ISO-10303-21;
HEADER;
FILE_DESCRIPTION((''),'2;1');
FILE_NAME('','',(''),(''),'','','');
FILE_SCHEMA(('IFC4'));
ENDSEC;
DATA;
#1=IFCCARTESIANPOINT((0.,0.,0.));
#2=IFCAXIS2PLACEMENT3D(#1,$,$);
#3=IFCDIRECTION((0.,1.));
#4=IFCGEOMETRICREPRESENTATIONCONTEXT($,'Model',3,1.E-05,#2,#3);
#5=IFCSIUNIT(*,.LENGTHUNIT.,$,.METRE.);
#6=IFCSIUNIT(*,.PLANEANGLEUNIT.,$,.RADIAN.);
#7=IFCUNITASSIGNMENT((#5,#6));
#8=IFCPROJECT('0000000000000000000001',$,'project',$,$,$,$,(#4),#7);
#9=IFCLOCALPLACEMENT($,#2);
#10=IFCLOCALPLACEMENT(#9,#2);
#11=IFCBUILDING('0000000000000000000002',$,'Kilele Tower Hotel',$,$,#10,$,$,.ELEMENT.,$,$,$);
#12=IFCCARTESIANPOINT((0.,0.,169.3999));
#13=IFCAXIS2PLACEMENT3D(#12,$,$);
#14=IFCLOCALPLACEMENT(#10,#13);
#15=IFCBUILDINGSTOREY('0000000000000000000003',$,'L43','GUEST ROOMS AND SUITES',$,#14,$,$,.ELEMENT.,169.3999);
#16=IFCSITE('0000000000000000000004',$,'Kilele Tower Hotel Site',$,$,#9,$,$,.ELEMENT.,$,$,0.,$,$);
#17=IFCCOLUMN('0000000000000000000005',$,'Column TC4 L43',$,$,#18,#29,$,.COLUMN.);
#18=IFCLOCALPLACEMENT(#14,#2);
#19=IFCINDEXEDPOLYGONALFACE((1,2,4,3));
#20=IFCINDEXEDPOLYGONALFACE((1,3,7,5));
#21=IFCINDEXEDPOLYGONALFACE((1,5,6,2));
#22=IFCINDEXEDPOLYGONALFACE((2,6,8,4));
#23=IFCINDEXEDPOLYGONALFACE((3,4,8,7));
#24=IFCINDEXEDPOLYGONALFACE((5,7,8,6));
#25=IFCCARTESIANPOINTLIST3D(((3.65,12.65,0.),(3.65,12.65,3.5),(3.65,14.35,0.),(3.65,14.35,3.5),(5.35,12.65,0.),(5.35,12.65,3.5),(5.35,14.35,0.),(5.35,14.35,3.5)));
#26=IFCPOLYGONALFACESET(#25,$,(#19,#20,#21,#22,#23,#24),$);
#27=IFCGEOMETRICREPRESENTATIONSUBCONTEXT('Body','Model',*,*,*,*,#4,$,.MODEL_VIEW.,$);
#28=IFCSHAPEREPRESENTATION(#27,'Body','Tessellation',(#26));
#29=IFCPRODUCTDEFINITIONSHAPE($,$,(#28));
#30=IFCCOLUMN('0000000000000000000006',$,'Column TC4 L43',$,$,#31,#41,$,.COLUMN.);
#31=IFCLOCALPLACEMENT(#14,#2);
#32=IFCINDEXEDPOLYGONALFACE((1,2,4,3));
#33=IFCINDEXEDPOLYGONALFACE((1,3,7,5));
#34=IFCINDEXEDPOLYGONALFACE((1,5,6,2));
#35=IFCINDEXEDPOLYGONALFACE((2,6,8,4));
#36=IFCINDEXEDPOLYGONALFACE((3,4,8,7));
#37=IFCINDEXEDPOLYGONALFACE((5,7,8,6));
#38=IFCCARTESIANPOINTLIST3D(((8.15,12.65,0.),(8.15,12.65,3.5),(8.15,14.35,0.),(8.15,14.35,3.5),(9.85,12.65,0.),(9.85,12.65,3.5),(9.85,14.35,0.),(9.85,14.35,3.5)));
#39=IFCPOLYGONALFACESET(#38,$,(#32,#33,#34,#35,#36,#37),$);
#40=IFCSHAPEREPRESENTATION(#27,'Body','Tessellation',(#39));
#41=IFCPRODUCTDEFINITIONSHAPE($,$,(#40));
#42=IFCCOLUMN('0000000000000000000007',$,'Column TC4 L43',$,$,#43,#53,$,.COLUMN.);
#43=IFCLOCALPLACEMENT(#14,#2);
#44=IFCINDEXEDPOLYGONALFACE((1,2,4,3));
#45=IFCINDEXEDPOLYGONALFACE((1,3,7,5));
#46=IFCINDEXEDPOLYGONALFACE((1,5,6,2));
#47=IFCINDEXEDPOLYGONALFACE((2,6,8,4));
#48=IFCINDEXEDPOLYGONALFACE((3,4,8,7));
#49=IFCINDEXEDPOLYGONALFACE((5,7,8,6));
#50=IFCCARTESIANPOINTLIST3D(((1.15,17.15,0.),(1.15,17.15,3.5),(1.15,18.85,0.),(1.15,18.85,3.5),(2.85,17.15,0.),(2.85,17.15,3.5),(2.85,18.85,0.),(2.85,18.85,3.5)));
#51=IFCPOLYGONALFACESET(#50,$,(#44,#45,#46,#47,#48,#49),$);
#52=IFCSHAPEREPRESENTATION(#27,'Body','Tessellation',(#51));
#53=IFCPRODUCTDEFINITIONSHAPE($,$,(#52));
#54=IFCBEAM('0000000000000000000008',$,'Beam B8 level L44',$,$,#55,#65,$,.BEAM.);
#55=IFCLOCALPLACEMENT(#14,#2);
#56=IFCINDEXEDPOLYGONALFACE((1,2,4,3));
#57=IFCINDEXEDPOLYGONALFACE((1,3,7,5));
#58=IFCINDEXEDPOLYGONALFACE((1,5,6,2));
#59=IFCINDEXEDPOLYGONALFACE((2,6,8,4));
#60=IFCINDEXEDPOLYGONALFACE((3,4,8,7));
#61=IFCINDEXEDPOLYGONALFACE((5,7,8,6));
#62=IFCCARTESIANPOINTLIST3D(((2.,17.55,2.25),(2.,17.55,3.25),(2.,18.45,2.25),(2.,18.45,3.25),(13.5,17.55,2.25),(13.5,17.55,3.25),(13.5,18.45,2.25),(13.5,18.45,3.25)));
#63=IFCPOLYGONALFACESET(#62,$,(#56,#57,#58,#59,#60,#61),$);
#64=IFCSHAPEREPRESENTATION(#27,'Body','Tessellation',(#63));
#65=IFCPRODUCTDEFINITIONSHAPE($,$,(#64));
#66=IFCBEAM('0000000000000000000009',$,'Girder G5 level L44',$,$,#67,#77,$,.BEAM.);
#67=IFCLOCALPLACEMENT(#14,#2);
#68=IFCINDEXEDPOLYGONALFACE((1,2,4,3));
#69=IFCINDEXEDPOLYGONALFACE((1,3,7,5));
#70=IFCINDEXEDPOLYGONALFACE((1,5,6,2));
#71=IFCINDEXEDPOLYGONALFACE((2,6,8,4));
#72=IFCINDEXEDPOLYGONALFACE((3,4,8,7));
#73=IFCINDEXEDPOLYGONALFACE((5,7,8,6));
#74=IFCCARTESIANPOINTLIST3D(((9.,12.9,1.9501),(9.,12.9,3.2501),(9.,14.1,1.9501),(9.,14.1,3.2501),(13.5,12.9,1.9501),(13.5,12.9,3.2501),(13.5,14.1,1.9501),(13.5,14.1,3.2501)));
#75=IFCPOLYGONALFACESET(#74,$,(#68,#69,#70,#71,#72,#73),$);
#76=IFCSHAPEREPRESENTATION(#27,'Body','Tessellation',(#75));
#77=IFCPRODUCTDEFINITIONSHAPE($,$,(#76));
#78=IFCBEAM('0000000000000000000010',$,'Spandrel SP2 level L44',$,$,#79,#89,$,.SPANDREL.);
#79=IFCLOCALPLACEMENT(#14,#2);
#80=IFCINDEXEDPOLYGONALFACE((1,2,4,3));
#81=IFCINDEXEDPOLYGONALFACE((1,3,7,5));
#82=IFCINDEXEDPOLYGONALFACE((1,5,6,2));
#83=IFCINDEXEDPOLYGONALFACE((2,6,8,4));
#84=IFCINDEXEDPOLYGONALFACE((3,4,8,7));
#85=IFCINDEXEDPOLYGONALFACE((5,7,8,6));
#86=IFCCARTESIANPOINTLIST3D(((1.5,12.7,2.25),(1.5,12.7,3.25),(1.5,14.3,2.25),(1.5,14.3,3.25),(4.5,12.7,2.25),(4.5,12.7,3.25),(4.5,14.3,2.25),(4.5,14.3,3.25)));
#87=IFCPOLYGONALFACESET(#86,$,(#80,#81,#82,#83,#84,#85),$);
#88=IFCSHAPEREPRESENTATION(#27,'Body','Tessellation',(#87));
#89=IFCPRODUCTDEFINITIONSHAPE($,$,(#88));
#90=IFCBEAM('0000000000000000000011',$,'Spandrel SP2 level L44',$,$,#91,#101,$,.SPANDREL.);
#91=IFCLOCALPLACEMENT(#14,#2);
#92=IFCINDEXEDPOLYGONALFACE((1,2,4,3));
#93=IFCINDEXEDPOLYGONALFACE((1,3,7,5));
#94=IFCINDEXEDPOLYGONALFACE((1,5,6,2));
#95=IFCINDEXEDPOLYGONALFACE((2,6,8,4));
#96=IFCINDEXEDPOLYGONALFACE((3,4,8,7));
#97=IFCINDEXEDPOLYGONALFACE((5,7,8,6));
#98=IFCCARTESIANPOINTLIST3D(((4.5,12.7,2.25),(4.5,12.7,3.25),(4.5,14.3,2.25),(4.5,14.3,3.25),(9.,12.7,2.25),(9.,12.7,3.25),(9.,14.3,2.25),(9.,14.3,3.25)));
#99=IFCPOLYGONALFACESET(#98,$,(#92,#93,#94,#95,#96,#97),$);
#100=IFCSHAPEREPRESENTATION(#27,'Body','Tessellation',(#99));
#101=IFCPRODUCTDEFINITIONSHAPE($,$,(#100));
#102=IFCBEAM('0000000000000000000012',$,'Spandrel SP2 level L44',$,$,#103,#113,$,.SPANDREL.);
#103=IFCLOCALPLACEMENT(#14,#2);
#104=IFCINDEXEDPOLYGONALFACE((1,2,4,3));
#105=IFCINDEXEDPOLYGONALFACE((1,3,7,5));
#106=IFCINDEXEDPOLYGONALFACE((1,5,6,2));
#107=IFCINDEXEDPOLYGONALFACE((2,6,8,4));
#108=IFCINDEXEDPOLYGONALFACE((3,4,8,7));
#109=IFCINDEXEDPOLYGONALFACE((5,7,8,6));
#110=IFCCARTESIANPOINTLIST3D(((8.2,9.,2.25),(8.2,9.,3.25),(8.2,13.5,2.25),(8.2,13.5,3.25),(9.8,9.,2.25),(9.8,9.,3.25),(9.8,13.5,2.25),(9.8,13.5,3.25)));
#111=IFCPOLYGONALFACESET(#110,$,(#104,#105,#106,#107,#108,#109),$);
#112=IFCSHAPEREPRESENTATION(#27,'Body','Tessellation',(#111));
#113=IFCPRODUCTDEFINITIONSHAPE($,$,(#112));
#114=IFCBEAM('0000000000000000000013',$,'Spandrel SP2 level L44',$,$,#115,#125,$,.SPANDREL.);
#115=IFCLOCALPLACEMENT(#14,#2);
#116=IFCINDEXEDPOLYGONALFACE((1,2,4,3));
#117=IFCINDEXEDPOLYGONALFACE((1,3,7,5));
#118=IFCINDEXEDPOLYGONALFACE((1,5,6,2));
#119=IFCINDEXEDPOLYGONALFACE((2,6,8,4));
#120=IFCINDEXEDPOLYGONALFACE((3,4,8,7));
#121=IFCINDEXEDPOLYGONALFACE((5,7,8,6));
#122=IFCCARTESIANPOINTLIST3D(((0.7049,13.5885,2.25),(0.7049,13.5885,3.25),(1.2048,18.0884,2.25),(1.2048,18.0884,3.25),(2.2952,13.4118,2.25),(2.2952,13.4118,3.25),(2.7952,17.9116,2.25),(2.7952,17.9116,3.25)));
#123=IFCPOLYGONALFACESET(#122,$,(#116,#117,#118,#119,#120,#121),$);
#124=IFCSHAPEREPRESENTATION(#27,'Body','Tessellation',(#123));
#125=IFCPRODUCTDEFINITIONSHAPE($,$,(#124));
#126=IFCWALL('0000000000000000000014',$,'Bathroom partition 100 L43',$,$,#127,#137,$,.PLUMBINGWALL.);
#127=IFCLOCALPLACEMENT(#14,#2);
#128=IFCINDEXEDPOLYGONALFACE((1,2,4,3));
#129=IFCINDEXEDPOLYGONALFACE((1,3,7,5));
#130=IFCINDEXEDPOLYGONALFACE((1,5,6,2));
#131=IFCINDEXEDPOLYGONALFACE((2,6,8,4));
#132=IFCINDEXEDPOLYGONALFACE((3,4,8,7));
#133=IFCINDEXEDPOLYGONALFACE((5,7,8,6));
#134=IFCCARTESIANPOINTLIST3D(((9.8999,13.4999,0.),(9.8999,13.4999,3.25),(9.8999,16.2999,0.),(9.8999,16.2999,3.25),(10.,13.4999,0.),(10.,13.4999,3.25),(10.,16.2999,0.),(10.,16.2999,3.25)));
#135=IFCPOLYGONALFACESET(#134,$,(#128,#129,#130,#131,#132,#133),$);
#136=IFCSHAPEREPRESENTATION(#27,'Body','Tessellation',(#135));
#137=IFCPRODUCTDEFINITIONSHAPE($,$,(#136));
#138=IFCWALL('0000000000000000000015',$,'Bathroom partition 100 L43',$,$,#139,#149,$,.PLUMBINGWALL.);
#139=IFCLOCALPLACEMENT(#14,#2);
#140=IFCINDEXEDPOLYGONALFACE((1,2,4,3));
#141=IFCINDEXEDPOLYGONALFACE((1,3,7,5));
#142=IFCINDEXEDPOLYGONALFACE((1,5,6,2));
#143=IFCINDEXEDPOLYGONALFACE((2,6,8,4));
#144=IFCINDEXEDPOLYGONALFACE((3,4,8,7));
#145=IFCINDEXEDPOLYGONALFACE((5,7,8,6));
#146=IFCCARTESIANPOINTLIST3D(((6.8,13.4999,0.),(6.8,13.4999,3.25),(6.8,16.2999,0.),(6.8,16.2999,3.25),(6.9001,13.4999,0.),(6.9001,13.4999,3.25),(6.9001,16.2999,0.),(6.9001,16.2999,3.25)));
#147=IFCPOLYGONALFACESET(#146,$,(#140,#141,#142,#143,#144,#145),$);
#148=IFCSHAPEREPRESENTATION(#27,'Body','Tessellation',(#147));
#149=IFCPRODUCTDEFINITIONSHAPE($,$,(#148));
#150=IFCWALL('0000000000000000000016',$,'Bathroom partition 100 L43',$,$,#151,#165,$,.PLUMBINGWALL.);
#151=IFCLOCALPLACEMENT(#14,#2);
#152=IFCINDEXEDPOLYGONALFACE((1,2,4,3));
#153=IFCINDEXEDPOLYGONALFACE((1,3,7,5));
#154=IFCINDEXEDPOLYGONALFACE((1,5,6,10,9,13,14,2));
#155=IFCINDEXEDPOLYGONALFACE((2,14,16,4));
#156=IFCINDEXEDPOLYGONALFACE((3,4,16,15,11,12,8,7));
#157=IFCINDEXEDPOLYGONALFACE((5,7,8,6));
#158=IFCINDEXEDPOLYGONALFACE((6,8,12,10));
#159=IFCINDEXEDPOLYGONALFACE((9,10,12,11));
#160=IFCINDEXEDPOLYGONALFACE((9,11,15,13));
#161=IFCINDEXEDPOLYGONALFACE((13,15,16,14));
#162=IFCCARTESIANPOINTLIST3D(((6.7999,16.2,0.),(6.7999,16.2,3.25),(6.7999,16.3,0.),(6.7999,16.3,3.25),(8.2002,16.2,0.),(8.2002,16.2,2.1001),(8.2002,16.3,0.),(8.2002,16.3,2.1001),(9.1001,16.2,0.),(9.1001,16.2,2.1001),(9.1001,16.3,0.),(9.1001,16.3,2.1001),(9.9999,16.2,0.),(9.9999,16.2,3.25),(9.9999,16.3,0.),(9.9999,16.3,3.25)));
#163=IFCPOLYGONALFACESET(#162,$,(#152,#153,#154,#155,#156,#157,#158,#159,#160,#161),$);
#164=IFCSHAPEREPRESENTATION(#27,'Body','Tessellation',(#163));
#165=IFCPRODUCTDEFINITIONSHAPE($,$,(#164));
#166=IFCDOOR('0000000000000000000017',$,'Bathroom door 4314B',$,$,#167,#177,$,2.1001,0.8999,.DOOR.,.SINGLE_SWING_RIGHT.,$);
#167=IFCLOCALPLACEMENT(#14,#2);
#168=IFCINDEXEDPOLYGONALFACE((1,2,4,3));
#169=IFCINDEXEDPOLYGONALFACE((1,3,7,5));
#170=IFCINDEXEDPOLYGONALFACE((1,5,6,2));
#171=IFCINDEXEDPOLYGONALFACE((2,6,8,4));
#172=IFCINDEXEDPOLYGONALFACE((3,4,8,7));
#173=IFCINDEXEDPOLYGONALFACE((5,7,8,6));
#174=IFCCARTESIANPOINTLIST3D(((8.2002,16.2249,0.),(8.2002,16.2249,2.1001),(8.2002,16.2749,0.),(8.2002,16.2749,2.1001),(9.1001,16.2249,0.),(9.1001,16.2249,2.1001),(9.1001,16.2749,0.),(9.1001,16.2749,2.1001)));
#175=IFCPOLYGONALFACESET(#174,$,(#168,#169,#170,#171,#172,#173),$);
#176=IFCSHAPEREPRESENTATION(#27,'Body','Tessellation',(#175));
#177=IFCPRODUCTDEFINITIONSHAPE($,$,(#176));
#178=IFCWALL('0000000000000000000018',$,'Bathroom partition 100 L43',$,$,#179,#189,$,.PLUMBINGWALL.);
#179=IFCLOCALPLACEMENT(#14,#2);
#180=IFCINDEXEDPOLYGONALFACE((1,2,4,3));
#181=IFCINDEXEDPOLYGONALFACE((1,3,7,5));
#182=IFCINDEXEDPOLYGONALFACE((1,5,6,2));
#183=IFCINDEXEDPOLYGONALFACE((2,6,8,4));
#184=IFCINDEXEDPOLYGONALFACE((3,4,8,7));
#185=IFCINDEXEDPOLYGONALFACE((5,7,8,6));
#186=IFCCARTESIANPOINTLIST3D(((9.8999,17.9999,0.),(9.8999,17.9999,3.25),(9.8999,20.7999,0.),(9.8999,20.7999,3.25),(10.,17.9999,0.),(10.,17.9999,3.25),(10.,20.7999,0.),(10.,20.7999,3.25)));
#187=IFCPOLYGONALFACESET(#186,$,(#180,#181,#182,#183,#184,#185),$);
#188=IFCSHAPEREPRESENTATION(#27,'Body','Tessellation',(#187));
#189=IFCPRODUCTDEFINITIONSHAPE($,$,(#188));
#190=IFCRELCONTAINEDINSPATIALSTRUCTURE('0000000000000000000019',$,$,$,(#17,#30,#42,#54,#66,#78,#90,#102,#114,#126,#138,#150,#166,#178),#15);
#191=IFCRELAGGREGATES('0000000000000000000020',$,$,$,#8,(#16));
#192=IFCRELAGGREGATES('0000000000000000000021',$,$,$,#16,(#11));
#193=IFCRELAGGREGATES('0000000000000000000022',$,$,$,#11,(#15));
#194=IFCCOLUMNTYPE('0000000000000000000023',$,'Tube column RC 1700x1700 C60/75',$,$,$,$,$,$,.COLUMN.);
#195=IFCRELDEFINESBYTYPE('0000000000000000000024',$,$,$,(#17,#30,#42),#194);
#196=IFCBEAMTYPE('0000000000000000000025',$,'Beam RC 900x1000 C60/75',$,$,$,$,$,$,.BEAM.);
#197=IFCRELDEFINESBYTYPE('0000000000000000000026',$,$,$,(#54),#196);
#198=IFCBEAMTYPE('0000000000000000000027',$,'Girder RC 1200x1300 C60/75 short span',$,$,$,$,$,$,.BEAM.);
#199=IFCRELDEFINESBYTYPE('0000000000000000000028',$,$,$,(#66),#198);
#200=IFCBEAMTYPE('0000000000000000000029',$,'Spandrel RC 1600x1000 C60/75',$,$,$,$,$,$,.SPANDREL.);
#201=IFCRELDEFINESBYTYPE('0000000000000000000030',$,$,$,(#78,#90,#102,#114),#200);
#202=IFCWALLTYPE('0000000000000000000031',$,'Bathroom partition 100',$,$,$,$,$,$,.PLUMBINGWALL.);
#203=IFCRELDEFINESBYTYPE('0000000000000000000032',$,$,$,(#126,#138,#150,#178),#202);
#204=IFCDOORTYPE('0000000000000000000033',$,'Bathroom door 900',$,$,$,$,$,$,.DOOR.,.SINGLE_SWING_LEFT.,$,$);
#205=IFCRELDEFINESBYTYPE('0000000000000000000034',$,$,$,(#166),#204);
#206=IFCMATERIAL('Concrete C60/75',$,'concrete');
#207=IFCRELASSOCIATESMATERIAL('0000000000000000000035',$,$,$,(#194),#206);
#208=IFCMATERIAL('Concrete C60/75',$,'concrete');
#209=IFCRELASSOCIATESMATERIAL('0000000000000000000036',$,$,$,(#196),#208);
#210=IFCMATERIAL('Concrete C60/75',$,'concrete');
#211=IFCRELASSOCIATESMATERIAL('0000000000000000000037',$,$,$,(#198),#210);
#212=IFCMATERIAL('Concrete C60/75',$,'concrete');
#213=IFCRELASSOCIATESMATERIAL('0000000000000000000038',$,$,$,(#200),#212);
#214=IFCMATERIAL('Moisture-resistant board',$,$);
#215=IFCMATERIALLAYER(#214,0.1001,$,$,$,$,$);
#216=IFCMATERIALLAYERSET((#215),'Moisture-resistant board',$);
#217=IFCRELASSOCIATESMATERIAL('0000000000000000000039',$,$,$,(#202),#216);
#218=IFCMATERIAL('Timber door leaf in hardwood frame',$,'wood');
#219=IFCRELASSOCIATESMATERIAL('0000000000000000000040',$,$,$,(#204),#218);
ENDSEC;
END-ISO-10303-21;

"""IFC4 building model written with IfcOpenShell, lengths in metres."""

from ifc_helpers import new_model, si_unit, direction, frame, frame_2d, origin, origin_2d, place, context, subcontext, project, spatial, rectangle, extrude, material, layer, layer_set, material_profile, profile_set, type_object, element, fill, save


model = new_model("IFC4")

# Units and contexts
model_context = context("Model", 3, precision=1e-05, world=origin(), true_north=direction((0.0, 1.0)))
body_context = subcontext(model_context, "Body", "Model", "MODEL_VIEW")
ifc_project = project(units=[si_unit("LENGTHUNIT", "METRE"), si_unit("PLANEANGLEUNIT", "RADIAN")], contexts=[model_context])

# Site, building, storey
site_placement = place(None, origin())
site = spatial("IfcSite", under=ifc_project, at=site_placement, Name="Kilele Tower Hotel Site", CompositionType="ELEMENT", RefElevation=0.0)
building_placement = place(site_placement, origin())
building = spatial("IfcBuilding", under=site, at=building_placement, Name="Kilele Tower Hotel", CompositionType="ELEMENT")
storey_placement = place(building_placement, frame((0.0, 0.0, 169.3999)))
storey = spatial("IfcBuildingStorey", under=building, at=storey_placement, Name="L43", Description="GUEST ROOMS AND SUITES", CompositionType="ELEMENT", Elevation=169.3999)

# Columns
ifc_material_1 = material(Name="Concrete C60/75", Category="concrete")
ifc_material_profile_1 = material_profile(ifc_material_1, rectangle(XDim=1.7, YDim=1.7, at=origin_2d()))
ifc_profile_set_1 = profile_set([ifc_material_profile_1], Name="Concrete C60/75")
column_type = type_object("IfcColumnType", Name="Tube column RC 1700x1700 C60/75", PredefinedType="COLUMN", material=ifc_profile_set_1)
for number, where, z_axis, x_axis, name in (
    (1, (4.5, 13.5, 0.0), (0.0, 0.0, 1.0), (1.0, 0.0, 0.0), "Column TC4 L43"),
    (2, (9.0, 13.5, 0.0), (0.0, 0.0, 1.0), (1.0, 0.0, 0.0), "Column TC4 L43"),
    (3, (2.0, 18.0, 0.0), (0.0, 0.0, 1.0), (1.0, 0.0, 0.0), "Column TC4 L43"),
):
    element("IfcColumn", number, at=place(storey_placement, frame(where, z_axis=z_axis, x_axis=x_axis)), inside=storey, type_object=column_type, Name=name, PredefinedType="COLUMN", context=body_context, shape_type="SweptSolid", body=[
        extrude(rectangle(XDim=1.7, YDim=1.7, at=origin_2d()), origin(), (0.0, 0.0, 1.0), 3.5),
    ])

# Beams
ifc_material_2 = material(Name="Concrete C60/75", Category="concrete")
ifc_material_profile_2 = material_profile(ifc_material_2, rectangle(XDim=0.8999, YDim=1.0, at=origin_2d()))
ifc_profile_set_2 = profile_set([ifc_material_profile_2], Name="Concrete C60/75")
beam_type_1 = type_object("IfcBeamType", Name="Beam RC 900x1000 C60/75", PredefinedType="BEAM", material=ifc_profile_set_2)
beam_1_placement = place(storey_placement, frame((2.0, 18.0, 2.75), z_axis=(1.0, 0.0, 0.0), x_axis=(0.0, 1.0, 0.0)))
element("IfcBeam", 4, at=beam_1_placement, inside=storey, type_object=beam_type_1, Name="Beam B8 level L44", PredefinedType="BEAM", context=body_context, shape_type="SweptSolid", body=[
    extrude(rectangle(XDim=0.8999, YDim=1.0, at=origin_2d()), origin(), (0.0, 0.0, 1.0), 11.5),
])
ifc_material_3 = material(Name="Concrete C60/75", Category="concrete")
ifc_material_profile_3 = material_profile(ifc_material_3, rectangle(XDim=1.2, YDim=1.3, at=origin_2d()))
ifc_profile_set_3 = profile_set([ifc_material_profile_3], Name="Concrete C60/75")
beam_type_2 = type_object("IfcBeamType", Name="Girder RC 1200x1300 C60/75 short span", PredefinedType="BEAM", material=ifc_profile_set_3)
beam_2_placement = place(storey_placement, frame((9.0, 13.5, 2.6001), z_axis=(1.0, 0.0, 0.0), x_axis=(0.0, 1.0, 0.0)))
element("IfcBeam", 5, at=beam_2_placement, inside=storey, type_object=beam_type_2, Name="Girder G5 level L44", PredefinedType="BEAM", context=body_context, shape_type="SweptSolid", body=[
    extrude(rectangle(XDim=1.2, YDim=1.3, at=origin_2d()), origin(), (0.0, 0.0, 1.0), 4.5),
])
ifc_material_4 = material(Name="Concrete C60/75", Category="concrete")
ifc_material_profile_4 = material_profile(ifc_material_4, rectangle(XDim=1.6001, YDim=1.0, at=origin_2d()))
ifc_profile_set_4 = profile_set([ifc_material_profile_4], Name="Concrete C60/75")
beam_type_3 = type_object("IfcBeamType", Name="Spandrel RC 1600x1000 C60/75", PredefinedType="SPANDREL", material=ifc_profile_set_4)
beam_3_placement = place(storey_placement, frame((1.5, 13.5, 2.75), z_axis=(1.0, 0.0, 0.0), x_axis=(0.0, 1.0, 0.0)))
element("IfcBeam", 6, at=beam_3_placement, inside=storey, type_object=beam_type_3, Name="Spandrel SP2 level L44", PredefinedType="SPANDREL", context=body_context, shape_type="SweptSolid", body=[
    extrude(rectangle(XDim=1.6001, YDim=1.0, at=origin_2d()), origin(), (0.0, 0.0, 1.0), 3.0),
])
for number, where, z_axis, x_axis, name in (
    (7, (4.5, 13.5, 2.75), (1.0, 0.0, 0.0), (0.0, 1.0, 0.0), "Spandrel SP2 level L44"),
    (8, (9.0, 13.5, 2.75), (0.0, -1.0, 0.0), (1.0, 0.0, 0.0), "Spandrel SP2 level L44"),
):
    element("IfcBeam", number, at=place(storey_placement, frame(where, z_axis=z_axis, x_axis=x_axis)), inside=storey, type_object=beam_type_3, Name=name, PredefinedType="SPANDREL", context=body_context, shape_type="SweptSolid", body=[
        extrude(rectangle(XDim=1.6001, YDim=1.0, at=origin_2d()), origin(), (0.0, 0.0, 1.0), 4.5),
    ])
beam_4_placement = place(storey_placement, frame((2.0, 18.0, 2.75), z_axis=(-0.110432, -0.993884, 0.0), x_axis=(0.993884, -0.110432, 0.0)))
element("IfcBeam", 9, at=beam_4_placement, inside=storey, type_object=beam_type_3, Name="Spandrel SP2 level L44", PredefinedType="SPANDREL", context=body_context, shape_type="SweptSolid", body=[
    extrude(rectangle(XDim=1.6001, YDim=1.0, at=origin_2d()), origin(), (0.0, 0.0, 1.0), 4.5276),
])

# Walls
ifc_material_5 = material(Name="Moisture-resistant board")
ifc_layer_1 = layer(ifc_material_5, 0.1001)
ifc_layer_set_1 = layer_set([ifc_layer_1], Name="Moisture-resistant board")
wall_type_1 = type_object("IfcWallType", Name="Bathroom partition 100", PredefinedType="PLUMBINGWALL", material=ifc_layer_set_1)
for number, where, z_axis, x_axis, name in (
    (10, (9.95, 13.5, 0.0), (0.0, 0.0, 1.0), (0.0, 1.0, 0.0), "Bathroom partition 100 L43"),
    (11, (6.8501, 13.5, 0.0), (0.0, 0.0, 1.0), (0.0, 1.0, 0.0), "Bathroom partition 100 L43"),
):
    element("IfcWall", number, at=place(storey_placement, frame(where, z_axis=z_axis, x_axis=x_axis)), inside=storey, type_object=wall_type_1, Name=name, PredefinedType="PLUMBINGWALL", context=body_context, shape_type="SweptSolid", body=[
        extrude(rectangle(XDim=2.8, YDim=0.1001, at=frame_2d((1.3999, 0.0))), origin(), (0.0, 0.0, 1.0), 3.25),
    ])

# Wall, opening, door
wall_1_placement = place(storey_placement, frame((10.0, 16.25, 0.0), z_axis=(0.0, 0.0, 1.0), x_axis=(-1.0, 0.0, 0.0)))
wall_1 = element("IfcWall", 12, at=wall_1_placement, inside=storey, type_object=wall_type_1, Name="Bathroom partition 100 L43", PredefinedType="PLUMBINGWALL", context=body_context, shape_type="SweptSolid", body=[
    extrude(rectangle(XDim=3.2, YDim=0.1001, at=frame_2d((1.6001, 0.0))), origin(), (0.0, 0.0, 1.0), 3.25),
])
opening_1_placement = place(wall_1_placement, frame((1.7998, 0.0, 0.0), z_axis=(0.0, 0.0, 1.0), x_axis=(-1.0, 0.0, 0.0)))
opening_1 = element("IfcOpeningElement", 13, at=opening_1_placement, cuts=wall_1, PredefinedType="OPENING", context=body_context, shape_type="SweptSolid", body=[
    extrude(rectangle(XDim=0.8999, YDim=2.1001, at=frame_2d((0.45, 1.05))), frame((0.0, 0.0601, 0.0), z_axis=(0.0, -1.0, 0.0), x_axis=(1.0, 0.0, 0.0)), (0.0, 0.0, 1.0), 0.1201),
])
ifc_material_6 = material(Name="Timber door leaf in hardwood frame", Category="wood")
door_type = type_object("IfcDoorType", Name="Bathroom door 900", OperationType="SINGLE_SWING_LEFT", PredefinedType="DOOR", material=ifc_material_6)
door_placement = place(opening_1_placement, origin())
door = element("IfcDoor", 14, at=door_placement, inside=storey, type_object=door_type, Name="Bathroom door 4314B", OperationType="SINGLE_SWING_RIGHT", OverallHeight=2.1001, OverallWidth=0.8999, PredefinedType="DOOR", context=body_context, shape_type="SweptSolid", body=[
    extrude(rectangle(XDim=0.8999, YDim=2.1001, at=frame_2d((0.45, 1.05))), frame((0.0, 0.0249, 0.0), z_axis=(0.0, -1.0, 0.0), x_axis=(1.0, 0.0, 0.0)), (0.0, 0.0, 1.0), 0.05),
])
fill(opening_1, door)

# Wall
for number, where, z_axis, x_axis, name in (
    (15, (9.95, 18.0, 0.0), (0.0, 0.0, 1.0), (0.0, 1.0, 0.0), "Bathroom partition 100 L43"),
):
    element("IfcWall", number, at=place(storey_placement, frame(where, z_axis=z_axis, x_axis=x_axis)), inside=storey, type_object=wall_type_1, Name=name, PredefinedType="PLUMBINGWALL", context=body_context, shape_type="SweptSolid", body=[
        extrude(rectangle(XDim=2.8, YDim=0.1001, at=frame_2d((1.3999, 0.0))), origin(), (0.0, 0.0, 1.0), 3.25),
    ])

save(model, "model.ifc")
